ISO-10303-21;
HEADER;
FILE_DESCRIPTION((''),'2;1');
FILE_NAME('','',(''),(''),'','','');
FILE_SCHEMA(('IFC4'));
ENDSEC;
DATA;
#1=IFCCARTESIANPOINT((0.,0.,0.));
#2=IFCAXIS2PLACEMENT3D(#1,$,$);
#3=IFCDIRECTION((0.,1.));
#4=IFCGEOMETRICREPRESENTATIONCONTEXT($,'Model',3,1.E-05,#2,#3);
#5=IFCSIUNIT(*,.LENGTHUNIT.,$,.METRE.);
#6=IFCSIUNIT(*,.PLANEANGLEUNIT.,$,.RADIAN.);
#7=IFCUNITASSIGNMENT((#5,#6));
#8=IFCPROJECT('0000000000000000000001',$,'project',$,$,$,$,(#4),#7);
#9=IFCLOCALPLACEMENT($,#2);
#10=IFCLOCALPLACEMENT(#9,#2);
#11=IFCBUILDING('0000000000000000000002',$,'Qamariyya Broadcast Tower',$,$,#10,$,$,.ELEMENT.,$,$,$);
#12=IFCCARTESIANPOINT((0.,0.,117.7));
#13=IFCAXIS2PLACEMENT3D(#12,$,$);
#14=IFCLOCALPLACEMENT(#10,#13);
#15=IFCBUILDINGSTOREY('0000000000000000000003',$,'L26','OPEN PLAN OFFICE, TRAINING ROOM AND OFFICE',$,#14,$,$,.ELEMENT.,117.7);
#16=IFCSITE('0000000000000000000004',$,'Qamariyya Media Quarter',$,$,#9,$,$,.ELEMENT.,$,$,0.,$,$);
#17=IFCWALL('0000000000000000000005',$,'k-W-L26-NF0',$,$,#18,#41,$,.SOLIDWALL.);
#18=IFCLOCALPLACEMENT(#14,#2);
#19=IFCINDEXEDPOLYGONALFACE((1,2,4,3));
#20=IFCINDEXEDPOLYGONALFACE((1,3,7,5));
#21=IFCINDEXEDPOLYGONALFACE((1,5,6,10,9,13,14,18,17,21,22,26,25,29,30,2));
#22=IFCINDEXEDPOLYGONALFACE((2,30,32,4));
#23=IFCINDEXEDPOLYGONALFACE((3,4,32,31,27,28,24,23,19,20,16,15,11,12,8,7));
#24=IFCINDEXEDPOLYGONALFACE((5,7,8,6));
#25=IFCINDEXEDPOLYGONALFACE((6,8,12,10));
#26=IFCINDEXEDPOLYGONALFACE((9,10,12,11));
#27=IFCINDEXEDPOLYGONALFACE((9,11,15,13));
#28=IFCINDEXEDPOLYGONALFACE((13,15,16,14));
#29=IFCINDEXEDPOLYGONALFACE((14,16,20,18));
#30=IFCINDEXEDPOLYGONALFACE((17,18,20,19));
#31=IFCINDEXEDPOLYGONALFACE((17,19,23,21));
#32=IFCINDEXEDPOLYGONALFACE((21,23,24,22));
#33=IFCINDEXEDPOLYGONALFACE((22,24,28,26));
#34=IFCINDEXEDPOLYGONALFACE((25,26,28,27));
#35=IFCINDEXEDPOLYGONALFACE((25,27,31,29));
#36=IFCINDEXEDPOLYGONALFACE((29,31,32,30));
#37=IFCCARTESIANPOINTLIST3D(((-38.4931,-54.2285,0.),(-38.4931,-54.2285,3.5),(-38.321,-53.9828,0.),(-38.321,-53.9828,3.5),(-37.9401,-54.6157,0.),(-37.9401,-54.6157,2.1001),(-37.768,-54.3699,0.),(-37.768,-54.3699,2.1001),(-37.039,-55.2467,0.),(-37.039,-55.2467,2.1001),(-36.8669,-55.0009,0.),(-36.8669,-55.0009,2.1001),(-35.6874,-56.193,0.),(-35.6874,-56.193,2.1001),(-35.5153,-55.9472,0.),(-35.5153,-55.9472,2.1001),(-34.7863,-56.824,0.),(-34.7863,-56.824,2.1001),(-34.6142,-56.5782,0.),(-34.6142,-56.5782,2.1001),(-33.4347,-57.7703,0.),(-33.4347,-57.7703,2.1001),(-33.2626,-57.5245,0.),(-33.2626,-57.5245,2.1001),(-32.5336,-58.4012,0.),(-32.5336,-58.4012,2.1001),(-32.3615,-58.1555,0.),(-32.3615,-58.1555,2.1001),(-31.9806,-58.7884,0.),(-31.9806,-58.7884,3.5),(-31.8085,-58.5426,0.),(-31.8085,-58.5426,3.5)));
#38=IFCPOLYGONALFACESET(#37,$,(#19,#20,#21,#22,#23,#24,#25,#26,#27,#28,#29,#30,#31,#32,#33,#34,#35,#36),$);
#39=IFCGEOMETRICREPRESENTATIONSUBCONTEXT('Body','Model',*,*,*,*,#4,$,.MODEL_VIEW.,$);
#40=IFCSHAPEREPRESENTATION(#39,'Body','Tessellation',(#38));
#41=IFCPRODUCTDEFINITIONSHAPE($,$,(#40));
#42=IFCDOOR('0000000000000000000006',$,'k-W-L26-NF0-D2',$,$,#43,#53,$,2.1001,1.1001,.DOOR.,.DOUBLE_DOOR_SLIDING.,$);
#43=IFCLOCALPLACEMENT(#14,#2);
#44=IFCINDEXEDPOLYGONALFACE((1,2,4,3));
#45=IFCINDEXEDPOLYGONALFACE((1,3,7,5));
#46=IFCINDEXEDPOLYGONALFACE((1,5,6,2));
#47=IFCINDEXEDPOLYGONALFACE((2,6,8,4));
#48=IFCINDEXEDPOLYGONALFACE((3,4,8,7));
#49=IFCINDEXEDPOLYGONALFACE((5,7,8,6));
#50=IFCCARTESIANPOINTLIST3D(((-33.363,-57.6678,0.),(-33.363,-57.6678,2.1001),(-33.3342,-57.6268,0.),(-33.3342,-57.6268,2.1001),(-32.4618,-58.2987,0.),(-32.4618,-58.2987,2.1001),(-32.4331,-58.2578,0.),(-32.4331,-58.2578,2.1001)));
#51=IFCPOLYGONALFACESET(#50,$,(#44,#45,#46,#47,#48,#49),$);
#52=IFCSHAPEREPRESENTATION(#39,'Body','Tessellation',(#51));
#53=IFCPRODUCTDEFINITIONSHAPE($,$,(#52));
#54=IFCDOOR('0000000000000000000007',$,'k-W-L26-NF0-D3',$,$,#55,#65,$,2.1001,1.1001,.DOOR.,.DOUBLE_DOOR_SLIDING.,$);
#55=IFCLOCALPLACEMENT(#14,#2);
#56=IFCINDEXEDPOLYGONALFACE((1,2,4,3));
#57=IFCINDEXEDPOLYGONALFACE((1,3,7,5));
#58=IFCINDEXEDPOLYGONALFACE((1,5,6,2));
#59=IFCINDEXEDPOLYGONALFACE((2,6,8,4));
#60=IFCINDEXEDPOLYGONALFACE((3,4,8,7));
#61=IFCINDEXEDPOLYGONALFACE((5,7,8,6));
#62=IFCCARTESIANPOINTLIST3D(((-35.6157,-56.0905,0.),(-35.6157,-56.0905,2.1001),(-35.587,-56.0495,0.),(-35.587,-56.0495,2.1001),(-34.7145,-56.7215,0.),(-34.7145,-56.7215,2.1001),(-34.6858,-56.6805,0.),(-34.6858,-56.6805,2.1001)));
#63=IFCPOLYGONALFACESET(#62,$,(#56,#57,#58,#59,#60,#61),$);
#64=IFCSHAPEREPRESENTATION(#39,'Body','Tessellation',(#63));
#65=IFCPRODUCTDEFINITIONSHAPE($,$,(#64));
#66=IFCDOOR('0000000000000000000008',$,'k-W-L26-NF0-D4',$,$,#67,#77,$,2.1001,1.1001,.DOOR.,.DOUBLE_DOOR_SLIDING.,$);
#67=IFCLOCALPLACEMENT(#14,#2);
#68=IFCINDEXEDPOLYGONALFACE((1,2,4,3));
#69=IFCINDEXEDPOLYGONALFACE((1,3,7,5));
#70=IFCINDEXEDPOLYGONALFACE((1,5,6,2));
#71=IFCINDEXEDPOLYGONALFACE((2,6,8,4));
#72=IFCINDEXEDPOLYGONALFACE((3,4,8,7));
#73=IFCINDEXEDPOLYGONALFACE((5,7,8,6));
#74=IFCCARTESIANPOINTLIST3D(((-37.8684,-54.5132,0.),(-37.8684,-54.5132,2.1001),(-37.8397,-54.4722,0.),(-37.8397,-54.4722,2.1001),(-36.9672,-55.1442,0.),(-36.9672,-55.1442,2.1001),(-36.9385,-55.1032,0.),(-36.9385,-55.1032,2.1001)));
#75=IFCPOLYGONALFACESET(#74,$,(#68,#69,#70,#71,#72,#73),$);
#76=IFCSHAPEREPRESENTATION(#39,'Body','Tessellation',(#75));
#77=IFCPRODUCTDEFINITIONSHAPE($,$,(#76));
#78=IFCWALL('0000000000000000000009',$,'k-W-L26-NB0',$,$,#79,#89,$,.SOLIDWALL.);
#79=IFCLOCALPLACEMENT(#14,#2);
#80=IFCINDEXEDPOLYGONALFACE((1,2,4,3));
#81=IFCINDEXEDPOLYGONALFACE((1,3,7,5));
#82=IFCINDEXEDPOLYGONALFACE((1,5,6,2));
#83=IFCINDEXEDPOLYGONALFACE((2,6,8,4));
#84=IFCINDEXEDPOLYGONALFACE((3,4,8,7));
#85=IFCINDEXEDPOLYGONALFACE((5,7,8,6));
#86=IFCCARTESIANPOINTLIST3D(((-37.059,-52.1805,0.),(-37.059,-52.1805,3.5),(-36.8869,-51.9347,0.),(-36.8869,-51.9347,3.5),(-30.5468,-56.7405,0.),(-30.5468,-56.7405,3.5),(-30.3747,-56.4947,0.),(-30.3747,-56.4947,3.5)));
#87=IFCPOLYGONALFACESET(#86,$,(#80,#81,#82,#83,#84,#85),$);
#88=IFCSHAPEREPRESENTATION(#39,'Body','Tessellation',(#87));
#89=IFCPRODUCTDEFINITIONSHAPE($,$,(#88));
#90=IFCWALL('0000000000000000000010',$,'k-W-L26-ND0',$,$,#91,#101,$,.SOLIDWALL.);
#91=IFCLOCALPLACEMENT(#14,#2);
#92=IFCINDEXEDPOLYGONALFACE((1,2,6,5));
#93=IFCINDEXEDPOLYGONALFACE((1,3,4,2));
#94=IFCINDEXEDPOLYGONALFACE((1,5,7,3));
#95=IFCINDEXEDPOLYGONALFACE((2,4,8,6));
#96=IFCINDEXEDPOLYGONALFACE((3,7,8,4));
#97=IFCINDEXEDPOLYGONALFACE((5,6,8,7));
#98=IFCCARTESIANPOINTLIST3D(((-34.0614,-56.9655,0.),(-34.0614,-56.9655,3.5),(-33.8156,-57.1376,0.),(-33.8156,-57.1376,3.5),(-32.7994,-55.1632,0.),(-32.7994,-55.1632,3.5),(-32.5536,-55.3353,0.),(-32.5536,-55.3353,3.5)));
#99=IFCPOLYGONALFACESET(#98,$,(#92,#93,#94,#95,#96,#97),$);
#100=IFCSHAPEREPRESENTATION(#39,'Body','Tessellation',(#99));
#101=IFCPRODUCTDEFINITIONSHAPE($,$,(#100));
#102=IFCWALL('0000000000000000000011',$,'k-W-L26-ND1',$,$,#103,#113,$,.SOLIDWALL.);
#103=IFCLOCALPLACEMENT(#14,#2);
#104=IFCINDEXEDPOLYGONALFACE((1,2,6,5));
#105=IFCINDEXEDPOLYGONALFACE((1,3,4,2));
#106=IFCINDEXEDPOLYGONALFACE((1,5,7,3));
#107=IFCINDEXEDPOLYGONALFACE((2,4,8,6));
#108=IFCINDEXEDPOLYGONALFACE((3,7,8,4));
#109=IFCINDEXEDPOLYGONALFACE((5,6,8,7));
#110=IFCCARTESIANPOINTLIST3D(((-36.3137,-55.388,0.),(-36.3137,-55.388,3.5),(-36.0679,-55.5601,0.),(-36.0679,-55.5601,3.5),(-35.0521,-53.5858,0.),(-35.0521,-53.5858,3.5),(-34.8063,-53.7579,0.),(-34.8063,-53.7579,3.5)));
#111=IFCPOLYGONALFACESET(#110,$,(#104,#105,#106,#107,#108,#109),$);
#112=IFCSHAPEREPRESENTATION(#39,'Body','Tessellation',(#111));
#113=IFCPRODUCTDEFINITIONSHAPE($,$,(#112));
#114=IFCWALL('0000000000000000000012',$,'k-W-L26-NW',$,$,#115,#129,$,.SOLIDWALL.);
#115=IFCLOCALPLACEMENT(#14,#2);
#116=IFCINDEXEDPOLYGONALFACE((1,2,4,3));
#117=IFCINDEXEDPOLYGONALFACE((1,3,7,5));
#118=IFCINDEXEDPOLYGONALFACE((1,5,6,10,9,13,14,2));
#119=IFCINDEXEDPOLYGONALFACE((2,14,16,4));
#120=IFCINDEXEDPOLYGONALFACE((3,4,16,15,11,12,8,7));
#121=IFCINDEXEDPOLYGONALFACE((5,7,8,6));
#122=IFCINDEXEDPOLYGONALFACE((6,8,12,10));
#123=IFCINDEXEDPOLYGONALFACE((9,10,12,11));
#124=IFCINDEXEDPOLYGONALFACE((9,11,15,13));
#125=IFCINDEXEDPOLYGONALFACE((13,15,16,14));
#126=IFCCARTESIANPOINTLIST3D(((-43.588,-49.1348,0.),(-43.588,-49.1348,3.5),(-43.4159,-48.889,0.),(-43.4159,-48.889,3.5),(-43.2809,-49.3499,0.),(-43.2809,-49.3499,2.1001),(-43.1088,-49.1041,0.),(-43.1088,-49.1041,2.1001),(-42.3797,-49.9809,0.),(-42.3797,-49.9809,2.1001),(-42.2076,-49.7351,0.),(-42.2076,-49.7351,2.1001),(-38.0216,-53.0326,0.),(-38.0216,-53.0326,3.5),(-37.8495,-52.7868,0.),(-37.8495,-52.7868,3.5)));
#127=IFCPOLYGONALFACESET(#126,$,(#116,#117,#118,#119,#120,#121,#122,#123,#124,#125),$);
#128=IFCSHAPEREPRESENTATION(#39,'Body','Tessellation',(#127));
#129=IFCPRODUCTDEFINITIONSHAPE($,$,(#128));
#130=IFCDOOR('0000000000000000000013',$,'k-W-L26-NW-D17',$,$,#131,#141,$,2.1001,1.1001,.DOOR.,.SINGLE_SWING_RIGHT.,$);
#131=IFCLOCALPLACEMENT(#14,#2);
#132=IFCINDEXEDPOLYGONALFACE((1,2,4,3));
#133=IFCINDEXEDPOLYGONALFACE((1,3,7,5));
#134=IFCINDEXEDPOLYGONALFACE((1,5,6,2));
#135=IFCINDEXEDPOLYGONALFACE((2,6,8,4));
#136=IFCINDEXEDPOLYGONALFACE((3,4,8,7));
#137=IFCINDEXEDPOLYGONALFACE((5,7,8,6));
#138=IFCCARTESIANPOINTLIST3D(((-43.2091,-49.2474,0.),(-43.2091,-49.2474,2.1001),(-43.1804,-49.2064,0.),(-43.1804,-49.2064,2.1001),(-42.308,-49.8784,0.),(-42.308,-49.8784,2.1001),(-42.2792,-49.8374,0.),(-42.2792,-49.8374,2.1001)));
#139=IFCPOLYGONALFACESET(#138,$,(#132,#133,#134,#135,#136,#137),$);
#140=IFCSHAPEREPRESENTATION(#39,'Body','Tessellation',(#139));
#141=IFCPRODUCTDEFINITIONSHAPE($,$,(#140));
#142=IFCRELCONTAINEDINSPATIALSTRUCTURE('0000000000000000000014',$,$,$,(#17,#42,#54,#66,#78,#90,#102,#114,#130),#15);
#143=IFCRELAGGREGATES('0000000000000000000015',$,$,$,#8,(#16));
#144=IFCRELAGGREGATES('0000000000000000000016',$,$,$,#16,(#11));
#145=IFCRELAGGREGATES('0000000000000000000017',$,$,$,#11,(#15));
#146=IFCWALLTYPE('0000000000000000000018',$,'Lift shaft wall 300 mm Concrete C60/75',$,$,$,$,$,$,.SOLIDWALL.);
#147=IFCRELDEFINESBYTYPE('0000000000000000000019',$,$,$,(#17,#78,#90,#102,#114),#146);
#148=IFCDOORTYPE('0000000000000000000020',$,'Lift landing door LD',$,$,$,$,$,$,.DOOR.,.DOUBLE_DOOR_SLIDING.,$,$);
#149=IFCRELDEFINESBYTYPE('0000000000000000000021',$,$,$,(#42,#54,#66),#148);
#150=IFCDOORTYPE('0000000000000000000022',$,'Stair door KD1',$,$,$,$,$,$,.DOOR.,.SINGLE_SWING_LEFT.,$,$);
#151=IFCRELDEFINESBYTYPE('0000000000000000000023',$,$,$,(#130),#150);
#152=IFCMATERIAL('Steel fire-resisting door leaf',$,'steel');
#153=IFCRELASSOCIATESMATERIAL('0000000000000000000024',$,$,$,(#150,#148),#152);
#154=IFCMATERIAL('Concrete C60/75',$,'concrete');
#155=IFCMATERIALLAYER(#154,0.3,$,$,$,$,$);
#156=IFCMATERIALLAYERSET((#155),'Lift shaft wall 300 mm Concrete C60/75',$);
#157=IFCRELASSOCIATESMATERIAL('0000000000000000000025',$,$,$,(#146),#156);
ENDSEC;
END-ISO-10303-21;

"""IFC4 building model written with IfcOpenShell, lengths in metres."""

from ifc_helpers import new_model, si_unit, direction, frame, frame_2d, origin, place, context, subcontext, project, spatial, rectangle, extrude, material, layer, layer_set, type_object, element, fill, save


model = new_model("IFC4")

# Units and contexts
model_context = context("Model", 3, precision=1e-05, world=origin(), true_north=direction((0.0, 1.0)))
body_context = subcontext(model_context, "Body", "Model", "MODEL_VIEW")
ifc_project = project(units=[si_unit("LENGTHUNIT", "METRE"), si_unit("PLANEANGLEUNIT", "RADIAN")], contexts=[model_context])

# Site, building, storey
site_placement = place(None, origin())
site = spatial("IfcSite", under=ifc_project, at=site_placement, Name="Qamariyya Media Quarter", CompositionType="ELEMENT", RefElevation=0.0)
building_placement = place(site_placement, origin())
building = spatial("IfcBuilding", under=site, at=building_placement, Name="Qamariyya Broadcast Tower", CompositionType="ELEMENT")
storey_placement = place(building_placement, frame((0.0, 0.0, 117.7)))
storey = spatial("IfcBuildingStorey", under=building, at=storey_placement, Name="L26", Description="OPEN PLAN OFFICE, TRAINING ROOM AND OFFICE", CompositionType="ELEMENT", Elevation=117.7)

# Shared definitions
ifc_material_1 = material(Name="Steel fire-resisting door leaf", Category="steel")
door_type_1 = type_object("IfcDoorType", Name="Stair door KD1", OperationType="SINGLE_SWING_LEFT", PredefinedType="DOOR", material=ifc_material_1)

# Wall, openings, doors
ifc_material_2 = material(Name="Concrete C60/75", Category="concrete")
ifc_layer_1 = layer(ifc_material_2, 0.3)
ifc_layer_set_1 = layer_set([ifc_layer_1], Name="Lift shaft wall 300 mm Concrete C60/75")
wall_type_1 = type_object("IfcWallType", Name="Lift shaft wall 300 mm Concrete C60/75", PredefinedType="SOLIDWALL", material=ifc_layer_set_1)
wall_1_placement = place(storey_placement, frame((-31.8945, -58.6655, 0.0), z_axis=(0.0, 0.0, 1.0), x_axis=(-0.819167, 0.573555, 0.0)))
wall_1 = element("IfcWall", 1, at=wall_1_placement, inside=storey, type_object=wall_type_1, Name="k-W-L26-NF0", PredefinedType="SOLIDWALL", context=body_context, shape_type="SweptSolid", body=[
    extrude(rectangle(XDim=7.9502, YDim=0.3, at=frame_2d((3.9751, 0.0))), origin(), (0.0, 0.0, 1.0), 3.5),
])
opening_1_placement = place(wall_1_placement, frame((0.675, 0.0, 0.0)))
opening_1 = element("IfcOpeningElement", 2, at=opening_1_placement, cuts=wall_1, PredefinedType="OPENING", context=body_context, shape_type="SweptSolid", body=[
    extrude(rectangle(XDim=1.1001, YDim=2.1001, at=frame_2d((0.55, 1.05))), frame((0.0, 0.1599, 0.0), z_axis=(0.0, -1.0, 0.0), x_axis=(1.0, 0.0, 0.0)), (0.0, 0.0, 1.0), 0.3201),
])
opening_2_placement = place(wall_1_placement, frame((3.425, 0.0, 0.0)))
opening_2 = element("IfcOpeningElement", 3, at=opening_2_placement, cuts=wall_1, PredefinedType="OPENING", context=body_context, shape_type="SweptSolid", body=[
    extrude(rectangle(XDim=1.1001, YDim=2.1001, at=frame_2d((0.55, 1.05))), frame((0.0, 0.1599, 0.0), z_axis=(0.0, -1.0, 0.0), x_axis=(1.0, 0.0, 0.0)), (0.0, 0.0, 1.0), 0.3201),
])
opening_3_placement = place(wall_1_placement, frame((6.175, 0.0, 0.0)))
opening_3 = element("IfcOpeningElement", 4, at=opening_3_placement, cuts=wall_1, PredefinedType="OPENING", context=body_context, shape_type="SweptSolid", body=[
    extrude(rectangle(XDim=1.1001, YDim=2.1001, at=frame_2d((0.55, 1.05))), frame((0.0, 0.1599, 0.0), z_axis=(0.0, -1.0, 0.0), x_axis=(1.0, 0.0, 0.0)), (0.0, 0.0, 1.0), 0.3201),
])
door_type_2 = type_object("IfcDoorType", Name="Lift landing door LD", OperationType="DOUBLE_DOOR_SLIDING", PredefinedType="DOOR", material=ifc_material_1)
door_1_placement = place(opening_1_placement, origin())
door_1 = element("IfcDoor", 5, at=door_1_placement, inside=storey, type_object=door_type_2, Name="k-W-L26-NF0-D2", OperationType="DOUBLE_DOOR_SLIDING", OverallHeight=2.1001, OverallWidth=1.1001, PredefinedType="DOOR", context=body_context, shape_type="SweptSolid", body=[
    extrude(rectangle(XDim=1.1001, YDim=2.1001, at=frame_2d((0.55, 1.05))), frame((0.0, 0.0249, 0.0), z_axis=(0.0, -1.0, 0.0), x_axis=(1.0, 0.0, 0.0)), (0.0, 0.0, 1.0), 0.05),
])
fill(opening_1, door_1)
door_2_placement = place(opening_2_placement, origin())
door_2 = element("IfcDoor", 6, at=door_2_placement, inside=storey, type_object=door_type_2, Name="k-W-L26-NF0-D3", OperationType="DOUBLE_DOOR_SLIDING", OverallHeight=2.1001, OverallWidth=1.1001, PredefinedType="DOOR", context=body_context, shape_type="SweptSolid", body=[
    extrude(rectangle(XDim=1.1001, YDim=2.1001, at=frame_2d((0.55, 1.05))), frame((0.0, 0.0249, 0.0), z_axis=(0.0, -1.0, 0.0), x_axis=(1.0, 0.0, 0.0)), (0.0, 0.0, 1.0), 0.05),
])
fill(opening_2, door_2)
door_3_placement = place(opening_3_placement, origin())
door_3 = element("IfcDoor", 7, at=door_3_placement, inside=storey, type_object=door_type_2, Name="k-W-L26-NF0-D4", OperationType="DOUBLE_DOOR_SLIDING", OverallHeight=2.1001, OverallWidth=1.1001, PredefinedType="DOOR", context=body_context, shape_type="SweptSolid", body=[
    extrude(rectangle(XDim=1.1001, YDim=2.1001, at=frame_2d((0.55, 1.05))), frame((0.0, 0.0249, 0.0), z_axis=(0.0, -1.0, 0.0), x_axis=(1.0, 0.0, 0.0)), (0.0, 0.0, 1.0), 0.05),
])
fill(opening_3, door_3)

# Walls
wall_2_placement = place(storey_placement, frame((-30.4607, -56.6177, 0.0), z_axis=(0.0, 0.0, 1.0), x_axis=(-0.819142, 0.57359, 0.0)))
element("IfcWall", 8, at=wall_2_placement, inside=storey, type_object=wall_type_1, Name="k-W-L26-NB0", PredefinedType="SOLIDWALL", context=body_context, shape_type="SweptSolid", body=[
    extrude(rectangle(XDim=7.95, YDim=0.3, at=frame_2d((3.9751, 0.0))), origin(), (0.0, 0.0, 1.0), 3.5),
])
wall_3_placement = place(storey_placement, frame((-33.9385, -57.0515, 0.0), z_axis=(0.0, 0.0, 1.0), x_axis=(0.573581, 0.819149, 0.0)))
element("IfcWall", 9, at=wall_3_placement, inside=storey, type_object=wall_type_1, Name="k-W-L26-ND0", PredefinedType="SOLIDWALL", context=body_context, shape_type="SweptSolid", body=[
    extrude(rectangle(XDim=2.2002, YDim=0.3, at=frame_2d((1.1001, 0.0))), origin(), (0.0, 0.0, 1.0), 3.5),
])
wall_4_placement = place(storey_placement, frame((-36.1909, -55.4741, 0.0), z_axis=(0.0, 0.0, 1.0), x_axis=(0.573507, 0.819201, 0.0)))
element("IfcWall", 10, at=wall_4_placement, inside=storey, type_object=wall_type_1, Name="k-W-L26-ND1", PredefinedType="SOLIDWALL", context=body_context, shape_type="SweptSolid", body=[
    extrude(rectangle(XDim=2.2, YDim=0.3, at=frame_2d((1.1001, 0.0))), origin(), (0.0, 0.0, 1.0), 3.5),
])

# Wall, opening, door
wall_5_placement = place(storey_placement, frame((-37.9355, -52.9097, 0.0), z_axis=(0.0, 0.0, 1.0), x_axis=(-0.819148, 0.573583, 0.0)))
wall_5 = element("IfcWall", 11, at=wall_5_placement, inside=storey, type_object=wall_type_1, Name="k-W-L26-NW", PredefinedType="SOLIDWALL", context=body_context, shape_type="SweptSolid", body=[
    extrude(rectangle(XDim=6.7954, YDim=0.3, at=frame_2d((3.3977, 0.0))), origin(), (0.0, 0.0, 1.0), 3.5),
])
opening_4_placement = place(wall_5_placement, frame((5.3203, 0.0, 0.0)))
opening_4 = element("IfcOpeningElement", 12, at=opening_4_placement, cuts=wall_5, PredefinedType="OPENING", context=body_context, shape_type="SweptSolid", body=[
    extrude(rectangle(XDim=1.1001, YDim=2.1001, at=frame_2d((0.55, 1.05))), frame((0.0, 0.1599, 0.0), z_axis=(0.0, -1.0, 0.0), x_axis=(1.0, 0.0, 0.0)), (0.0, 0.0, 1.0), 0.3201),
])
door_4_placement = place(opening_4_placement, origin())
door_4 = element("IfcDoor", 13, at=door_4_placement, inside=storey, type_object=door_type_1, Name="k-W-L26-NW-D17", OperationType="SINGLE_SWING_RIGHT", OverallHeight=2.1001, OverallWidth=1.1001, PredefinedType="DOOR", context=body_context, shape_type="SweptSolid", body=[
    extrude(rectangle(XDim=1.1001, YDim=2.1001, at=frame_2d((0.55, 1.05))), frame((0.0, 0.0249, 0.0), z_axis=(0.0, -1.0, 0.0), x_axis=(1.0, 0.0, 0.0)), (0.0, 0.0, 1.0), 0.05),
])
fill(opening_4, door_4)

save(model, "model.ifc")
